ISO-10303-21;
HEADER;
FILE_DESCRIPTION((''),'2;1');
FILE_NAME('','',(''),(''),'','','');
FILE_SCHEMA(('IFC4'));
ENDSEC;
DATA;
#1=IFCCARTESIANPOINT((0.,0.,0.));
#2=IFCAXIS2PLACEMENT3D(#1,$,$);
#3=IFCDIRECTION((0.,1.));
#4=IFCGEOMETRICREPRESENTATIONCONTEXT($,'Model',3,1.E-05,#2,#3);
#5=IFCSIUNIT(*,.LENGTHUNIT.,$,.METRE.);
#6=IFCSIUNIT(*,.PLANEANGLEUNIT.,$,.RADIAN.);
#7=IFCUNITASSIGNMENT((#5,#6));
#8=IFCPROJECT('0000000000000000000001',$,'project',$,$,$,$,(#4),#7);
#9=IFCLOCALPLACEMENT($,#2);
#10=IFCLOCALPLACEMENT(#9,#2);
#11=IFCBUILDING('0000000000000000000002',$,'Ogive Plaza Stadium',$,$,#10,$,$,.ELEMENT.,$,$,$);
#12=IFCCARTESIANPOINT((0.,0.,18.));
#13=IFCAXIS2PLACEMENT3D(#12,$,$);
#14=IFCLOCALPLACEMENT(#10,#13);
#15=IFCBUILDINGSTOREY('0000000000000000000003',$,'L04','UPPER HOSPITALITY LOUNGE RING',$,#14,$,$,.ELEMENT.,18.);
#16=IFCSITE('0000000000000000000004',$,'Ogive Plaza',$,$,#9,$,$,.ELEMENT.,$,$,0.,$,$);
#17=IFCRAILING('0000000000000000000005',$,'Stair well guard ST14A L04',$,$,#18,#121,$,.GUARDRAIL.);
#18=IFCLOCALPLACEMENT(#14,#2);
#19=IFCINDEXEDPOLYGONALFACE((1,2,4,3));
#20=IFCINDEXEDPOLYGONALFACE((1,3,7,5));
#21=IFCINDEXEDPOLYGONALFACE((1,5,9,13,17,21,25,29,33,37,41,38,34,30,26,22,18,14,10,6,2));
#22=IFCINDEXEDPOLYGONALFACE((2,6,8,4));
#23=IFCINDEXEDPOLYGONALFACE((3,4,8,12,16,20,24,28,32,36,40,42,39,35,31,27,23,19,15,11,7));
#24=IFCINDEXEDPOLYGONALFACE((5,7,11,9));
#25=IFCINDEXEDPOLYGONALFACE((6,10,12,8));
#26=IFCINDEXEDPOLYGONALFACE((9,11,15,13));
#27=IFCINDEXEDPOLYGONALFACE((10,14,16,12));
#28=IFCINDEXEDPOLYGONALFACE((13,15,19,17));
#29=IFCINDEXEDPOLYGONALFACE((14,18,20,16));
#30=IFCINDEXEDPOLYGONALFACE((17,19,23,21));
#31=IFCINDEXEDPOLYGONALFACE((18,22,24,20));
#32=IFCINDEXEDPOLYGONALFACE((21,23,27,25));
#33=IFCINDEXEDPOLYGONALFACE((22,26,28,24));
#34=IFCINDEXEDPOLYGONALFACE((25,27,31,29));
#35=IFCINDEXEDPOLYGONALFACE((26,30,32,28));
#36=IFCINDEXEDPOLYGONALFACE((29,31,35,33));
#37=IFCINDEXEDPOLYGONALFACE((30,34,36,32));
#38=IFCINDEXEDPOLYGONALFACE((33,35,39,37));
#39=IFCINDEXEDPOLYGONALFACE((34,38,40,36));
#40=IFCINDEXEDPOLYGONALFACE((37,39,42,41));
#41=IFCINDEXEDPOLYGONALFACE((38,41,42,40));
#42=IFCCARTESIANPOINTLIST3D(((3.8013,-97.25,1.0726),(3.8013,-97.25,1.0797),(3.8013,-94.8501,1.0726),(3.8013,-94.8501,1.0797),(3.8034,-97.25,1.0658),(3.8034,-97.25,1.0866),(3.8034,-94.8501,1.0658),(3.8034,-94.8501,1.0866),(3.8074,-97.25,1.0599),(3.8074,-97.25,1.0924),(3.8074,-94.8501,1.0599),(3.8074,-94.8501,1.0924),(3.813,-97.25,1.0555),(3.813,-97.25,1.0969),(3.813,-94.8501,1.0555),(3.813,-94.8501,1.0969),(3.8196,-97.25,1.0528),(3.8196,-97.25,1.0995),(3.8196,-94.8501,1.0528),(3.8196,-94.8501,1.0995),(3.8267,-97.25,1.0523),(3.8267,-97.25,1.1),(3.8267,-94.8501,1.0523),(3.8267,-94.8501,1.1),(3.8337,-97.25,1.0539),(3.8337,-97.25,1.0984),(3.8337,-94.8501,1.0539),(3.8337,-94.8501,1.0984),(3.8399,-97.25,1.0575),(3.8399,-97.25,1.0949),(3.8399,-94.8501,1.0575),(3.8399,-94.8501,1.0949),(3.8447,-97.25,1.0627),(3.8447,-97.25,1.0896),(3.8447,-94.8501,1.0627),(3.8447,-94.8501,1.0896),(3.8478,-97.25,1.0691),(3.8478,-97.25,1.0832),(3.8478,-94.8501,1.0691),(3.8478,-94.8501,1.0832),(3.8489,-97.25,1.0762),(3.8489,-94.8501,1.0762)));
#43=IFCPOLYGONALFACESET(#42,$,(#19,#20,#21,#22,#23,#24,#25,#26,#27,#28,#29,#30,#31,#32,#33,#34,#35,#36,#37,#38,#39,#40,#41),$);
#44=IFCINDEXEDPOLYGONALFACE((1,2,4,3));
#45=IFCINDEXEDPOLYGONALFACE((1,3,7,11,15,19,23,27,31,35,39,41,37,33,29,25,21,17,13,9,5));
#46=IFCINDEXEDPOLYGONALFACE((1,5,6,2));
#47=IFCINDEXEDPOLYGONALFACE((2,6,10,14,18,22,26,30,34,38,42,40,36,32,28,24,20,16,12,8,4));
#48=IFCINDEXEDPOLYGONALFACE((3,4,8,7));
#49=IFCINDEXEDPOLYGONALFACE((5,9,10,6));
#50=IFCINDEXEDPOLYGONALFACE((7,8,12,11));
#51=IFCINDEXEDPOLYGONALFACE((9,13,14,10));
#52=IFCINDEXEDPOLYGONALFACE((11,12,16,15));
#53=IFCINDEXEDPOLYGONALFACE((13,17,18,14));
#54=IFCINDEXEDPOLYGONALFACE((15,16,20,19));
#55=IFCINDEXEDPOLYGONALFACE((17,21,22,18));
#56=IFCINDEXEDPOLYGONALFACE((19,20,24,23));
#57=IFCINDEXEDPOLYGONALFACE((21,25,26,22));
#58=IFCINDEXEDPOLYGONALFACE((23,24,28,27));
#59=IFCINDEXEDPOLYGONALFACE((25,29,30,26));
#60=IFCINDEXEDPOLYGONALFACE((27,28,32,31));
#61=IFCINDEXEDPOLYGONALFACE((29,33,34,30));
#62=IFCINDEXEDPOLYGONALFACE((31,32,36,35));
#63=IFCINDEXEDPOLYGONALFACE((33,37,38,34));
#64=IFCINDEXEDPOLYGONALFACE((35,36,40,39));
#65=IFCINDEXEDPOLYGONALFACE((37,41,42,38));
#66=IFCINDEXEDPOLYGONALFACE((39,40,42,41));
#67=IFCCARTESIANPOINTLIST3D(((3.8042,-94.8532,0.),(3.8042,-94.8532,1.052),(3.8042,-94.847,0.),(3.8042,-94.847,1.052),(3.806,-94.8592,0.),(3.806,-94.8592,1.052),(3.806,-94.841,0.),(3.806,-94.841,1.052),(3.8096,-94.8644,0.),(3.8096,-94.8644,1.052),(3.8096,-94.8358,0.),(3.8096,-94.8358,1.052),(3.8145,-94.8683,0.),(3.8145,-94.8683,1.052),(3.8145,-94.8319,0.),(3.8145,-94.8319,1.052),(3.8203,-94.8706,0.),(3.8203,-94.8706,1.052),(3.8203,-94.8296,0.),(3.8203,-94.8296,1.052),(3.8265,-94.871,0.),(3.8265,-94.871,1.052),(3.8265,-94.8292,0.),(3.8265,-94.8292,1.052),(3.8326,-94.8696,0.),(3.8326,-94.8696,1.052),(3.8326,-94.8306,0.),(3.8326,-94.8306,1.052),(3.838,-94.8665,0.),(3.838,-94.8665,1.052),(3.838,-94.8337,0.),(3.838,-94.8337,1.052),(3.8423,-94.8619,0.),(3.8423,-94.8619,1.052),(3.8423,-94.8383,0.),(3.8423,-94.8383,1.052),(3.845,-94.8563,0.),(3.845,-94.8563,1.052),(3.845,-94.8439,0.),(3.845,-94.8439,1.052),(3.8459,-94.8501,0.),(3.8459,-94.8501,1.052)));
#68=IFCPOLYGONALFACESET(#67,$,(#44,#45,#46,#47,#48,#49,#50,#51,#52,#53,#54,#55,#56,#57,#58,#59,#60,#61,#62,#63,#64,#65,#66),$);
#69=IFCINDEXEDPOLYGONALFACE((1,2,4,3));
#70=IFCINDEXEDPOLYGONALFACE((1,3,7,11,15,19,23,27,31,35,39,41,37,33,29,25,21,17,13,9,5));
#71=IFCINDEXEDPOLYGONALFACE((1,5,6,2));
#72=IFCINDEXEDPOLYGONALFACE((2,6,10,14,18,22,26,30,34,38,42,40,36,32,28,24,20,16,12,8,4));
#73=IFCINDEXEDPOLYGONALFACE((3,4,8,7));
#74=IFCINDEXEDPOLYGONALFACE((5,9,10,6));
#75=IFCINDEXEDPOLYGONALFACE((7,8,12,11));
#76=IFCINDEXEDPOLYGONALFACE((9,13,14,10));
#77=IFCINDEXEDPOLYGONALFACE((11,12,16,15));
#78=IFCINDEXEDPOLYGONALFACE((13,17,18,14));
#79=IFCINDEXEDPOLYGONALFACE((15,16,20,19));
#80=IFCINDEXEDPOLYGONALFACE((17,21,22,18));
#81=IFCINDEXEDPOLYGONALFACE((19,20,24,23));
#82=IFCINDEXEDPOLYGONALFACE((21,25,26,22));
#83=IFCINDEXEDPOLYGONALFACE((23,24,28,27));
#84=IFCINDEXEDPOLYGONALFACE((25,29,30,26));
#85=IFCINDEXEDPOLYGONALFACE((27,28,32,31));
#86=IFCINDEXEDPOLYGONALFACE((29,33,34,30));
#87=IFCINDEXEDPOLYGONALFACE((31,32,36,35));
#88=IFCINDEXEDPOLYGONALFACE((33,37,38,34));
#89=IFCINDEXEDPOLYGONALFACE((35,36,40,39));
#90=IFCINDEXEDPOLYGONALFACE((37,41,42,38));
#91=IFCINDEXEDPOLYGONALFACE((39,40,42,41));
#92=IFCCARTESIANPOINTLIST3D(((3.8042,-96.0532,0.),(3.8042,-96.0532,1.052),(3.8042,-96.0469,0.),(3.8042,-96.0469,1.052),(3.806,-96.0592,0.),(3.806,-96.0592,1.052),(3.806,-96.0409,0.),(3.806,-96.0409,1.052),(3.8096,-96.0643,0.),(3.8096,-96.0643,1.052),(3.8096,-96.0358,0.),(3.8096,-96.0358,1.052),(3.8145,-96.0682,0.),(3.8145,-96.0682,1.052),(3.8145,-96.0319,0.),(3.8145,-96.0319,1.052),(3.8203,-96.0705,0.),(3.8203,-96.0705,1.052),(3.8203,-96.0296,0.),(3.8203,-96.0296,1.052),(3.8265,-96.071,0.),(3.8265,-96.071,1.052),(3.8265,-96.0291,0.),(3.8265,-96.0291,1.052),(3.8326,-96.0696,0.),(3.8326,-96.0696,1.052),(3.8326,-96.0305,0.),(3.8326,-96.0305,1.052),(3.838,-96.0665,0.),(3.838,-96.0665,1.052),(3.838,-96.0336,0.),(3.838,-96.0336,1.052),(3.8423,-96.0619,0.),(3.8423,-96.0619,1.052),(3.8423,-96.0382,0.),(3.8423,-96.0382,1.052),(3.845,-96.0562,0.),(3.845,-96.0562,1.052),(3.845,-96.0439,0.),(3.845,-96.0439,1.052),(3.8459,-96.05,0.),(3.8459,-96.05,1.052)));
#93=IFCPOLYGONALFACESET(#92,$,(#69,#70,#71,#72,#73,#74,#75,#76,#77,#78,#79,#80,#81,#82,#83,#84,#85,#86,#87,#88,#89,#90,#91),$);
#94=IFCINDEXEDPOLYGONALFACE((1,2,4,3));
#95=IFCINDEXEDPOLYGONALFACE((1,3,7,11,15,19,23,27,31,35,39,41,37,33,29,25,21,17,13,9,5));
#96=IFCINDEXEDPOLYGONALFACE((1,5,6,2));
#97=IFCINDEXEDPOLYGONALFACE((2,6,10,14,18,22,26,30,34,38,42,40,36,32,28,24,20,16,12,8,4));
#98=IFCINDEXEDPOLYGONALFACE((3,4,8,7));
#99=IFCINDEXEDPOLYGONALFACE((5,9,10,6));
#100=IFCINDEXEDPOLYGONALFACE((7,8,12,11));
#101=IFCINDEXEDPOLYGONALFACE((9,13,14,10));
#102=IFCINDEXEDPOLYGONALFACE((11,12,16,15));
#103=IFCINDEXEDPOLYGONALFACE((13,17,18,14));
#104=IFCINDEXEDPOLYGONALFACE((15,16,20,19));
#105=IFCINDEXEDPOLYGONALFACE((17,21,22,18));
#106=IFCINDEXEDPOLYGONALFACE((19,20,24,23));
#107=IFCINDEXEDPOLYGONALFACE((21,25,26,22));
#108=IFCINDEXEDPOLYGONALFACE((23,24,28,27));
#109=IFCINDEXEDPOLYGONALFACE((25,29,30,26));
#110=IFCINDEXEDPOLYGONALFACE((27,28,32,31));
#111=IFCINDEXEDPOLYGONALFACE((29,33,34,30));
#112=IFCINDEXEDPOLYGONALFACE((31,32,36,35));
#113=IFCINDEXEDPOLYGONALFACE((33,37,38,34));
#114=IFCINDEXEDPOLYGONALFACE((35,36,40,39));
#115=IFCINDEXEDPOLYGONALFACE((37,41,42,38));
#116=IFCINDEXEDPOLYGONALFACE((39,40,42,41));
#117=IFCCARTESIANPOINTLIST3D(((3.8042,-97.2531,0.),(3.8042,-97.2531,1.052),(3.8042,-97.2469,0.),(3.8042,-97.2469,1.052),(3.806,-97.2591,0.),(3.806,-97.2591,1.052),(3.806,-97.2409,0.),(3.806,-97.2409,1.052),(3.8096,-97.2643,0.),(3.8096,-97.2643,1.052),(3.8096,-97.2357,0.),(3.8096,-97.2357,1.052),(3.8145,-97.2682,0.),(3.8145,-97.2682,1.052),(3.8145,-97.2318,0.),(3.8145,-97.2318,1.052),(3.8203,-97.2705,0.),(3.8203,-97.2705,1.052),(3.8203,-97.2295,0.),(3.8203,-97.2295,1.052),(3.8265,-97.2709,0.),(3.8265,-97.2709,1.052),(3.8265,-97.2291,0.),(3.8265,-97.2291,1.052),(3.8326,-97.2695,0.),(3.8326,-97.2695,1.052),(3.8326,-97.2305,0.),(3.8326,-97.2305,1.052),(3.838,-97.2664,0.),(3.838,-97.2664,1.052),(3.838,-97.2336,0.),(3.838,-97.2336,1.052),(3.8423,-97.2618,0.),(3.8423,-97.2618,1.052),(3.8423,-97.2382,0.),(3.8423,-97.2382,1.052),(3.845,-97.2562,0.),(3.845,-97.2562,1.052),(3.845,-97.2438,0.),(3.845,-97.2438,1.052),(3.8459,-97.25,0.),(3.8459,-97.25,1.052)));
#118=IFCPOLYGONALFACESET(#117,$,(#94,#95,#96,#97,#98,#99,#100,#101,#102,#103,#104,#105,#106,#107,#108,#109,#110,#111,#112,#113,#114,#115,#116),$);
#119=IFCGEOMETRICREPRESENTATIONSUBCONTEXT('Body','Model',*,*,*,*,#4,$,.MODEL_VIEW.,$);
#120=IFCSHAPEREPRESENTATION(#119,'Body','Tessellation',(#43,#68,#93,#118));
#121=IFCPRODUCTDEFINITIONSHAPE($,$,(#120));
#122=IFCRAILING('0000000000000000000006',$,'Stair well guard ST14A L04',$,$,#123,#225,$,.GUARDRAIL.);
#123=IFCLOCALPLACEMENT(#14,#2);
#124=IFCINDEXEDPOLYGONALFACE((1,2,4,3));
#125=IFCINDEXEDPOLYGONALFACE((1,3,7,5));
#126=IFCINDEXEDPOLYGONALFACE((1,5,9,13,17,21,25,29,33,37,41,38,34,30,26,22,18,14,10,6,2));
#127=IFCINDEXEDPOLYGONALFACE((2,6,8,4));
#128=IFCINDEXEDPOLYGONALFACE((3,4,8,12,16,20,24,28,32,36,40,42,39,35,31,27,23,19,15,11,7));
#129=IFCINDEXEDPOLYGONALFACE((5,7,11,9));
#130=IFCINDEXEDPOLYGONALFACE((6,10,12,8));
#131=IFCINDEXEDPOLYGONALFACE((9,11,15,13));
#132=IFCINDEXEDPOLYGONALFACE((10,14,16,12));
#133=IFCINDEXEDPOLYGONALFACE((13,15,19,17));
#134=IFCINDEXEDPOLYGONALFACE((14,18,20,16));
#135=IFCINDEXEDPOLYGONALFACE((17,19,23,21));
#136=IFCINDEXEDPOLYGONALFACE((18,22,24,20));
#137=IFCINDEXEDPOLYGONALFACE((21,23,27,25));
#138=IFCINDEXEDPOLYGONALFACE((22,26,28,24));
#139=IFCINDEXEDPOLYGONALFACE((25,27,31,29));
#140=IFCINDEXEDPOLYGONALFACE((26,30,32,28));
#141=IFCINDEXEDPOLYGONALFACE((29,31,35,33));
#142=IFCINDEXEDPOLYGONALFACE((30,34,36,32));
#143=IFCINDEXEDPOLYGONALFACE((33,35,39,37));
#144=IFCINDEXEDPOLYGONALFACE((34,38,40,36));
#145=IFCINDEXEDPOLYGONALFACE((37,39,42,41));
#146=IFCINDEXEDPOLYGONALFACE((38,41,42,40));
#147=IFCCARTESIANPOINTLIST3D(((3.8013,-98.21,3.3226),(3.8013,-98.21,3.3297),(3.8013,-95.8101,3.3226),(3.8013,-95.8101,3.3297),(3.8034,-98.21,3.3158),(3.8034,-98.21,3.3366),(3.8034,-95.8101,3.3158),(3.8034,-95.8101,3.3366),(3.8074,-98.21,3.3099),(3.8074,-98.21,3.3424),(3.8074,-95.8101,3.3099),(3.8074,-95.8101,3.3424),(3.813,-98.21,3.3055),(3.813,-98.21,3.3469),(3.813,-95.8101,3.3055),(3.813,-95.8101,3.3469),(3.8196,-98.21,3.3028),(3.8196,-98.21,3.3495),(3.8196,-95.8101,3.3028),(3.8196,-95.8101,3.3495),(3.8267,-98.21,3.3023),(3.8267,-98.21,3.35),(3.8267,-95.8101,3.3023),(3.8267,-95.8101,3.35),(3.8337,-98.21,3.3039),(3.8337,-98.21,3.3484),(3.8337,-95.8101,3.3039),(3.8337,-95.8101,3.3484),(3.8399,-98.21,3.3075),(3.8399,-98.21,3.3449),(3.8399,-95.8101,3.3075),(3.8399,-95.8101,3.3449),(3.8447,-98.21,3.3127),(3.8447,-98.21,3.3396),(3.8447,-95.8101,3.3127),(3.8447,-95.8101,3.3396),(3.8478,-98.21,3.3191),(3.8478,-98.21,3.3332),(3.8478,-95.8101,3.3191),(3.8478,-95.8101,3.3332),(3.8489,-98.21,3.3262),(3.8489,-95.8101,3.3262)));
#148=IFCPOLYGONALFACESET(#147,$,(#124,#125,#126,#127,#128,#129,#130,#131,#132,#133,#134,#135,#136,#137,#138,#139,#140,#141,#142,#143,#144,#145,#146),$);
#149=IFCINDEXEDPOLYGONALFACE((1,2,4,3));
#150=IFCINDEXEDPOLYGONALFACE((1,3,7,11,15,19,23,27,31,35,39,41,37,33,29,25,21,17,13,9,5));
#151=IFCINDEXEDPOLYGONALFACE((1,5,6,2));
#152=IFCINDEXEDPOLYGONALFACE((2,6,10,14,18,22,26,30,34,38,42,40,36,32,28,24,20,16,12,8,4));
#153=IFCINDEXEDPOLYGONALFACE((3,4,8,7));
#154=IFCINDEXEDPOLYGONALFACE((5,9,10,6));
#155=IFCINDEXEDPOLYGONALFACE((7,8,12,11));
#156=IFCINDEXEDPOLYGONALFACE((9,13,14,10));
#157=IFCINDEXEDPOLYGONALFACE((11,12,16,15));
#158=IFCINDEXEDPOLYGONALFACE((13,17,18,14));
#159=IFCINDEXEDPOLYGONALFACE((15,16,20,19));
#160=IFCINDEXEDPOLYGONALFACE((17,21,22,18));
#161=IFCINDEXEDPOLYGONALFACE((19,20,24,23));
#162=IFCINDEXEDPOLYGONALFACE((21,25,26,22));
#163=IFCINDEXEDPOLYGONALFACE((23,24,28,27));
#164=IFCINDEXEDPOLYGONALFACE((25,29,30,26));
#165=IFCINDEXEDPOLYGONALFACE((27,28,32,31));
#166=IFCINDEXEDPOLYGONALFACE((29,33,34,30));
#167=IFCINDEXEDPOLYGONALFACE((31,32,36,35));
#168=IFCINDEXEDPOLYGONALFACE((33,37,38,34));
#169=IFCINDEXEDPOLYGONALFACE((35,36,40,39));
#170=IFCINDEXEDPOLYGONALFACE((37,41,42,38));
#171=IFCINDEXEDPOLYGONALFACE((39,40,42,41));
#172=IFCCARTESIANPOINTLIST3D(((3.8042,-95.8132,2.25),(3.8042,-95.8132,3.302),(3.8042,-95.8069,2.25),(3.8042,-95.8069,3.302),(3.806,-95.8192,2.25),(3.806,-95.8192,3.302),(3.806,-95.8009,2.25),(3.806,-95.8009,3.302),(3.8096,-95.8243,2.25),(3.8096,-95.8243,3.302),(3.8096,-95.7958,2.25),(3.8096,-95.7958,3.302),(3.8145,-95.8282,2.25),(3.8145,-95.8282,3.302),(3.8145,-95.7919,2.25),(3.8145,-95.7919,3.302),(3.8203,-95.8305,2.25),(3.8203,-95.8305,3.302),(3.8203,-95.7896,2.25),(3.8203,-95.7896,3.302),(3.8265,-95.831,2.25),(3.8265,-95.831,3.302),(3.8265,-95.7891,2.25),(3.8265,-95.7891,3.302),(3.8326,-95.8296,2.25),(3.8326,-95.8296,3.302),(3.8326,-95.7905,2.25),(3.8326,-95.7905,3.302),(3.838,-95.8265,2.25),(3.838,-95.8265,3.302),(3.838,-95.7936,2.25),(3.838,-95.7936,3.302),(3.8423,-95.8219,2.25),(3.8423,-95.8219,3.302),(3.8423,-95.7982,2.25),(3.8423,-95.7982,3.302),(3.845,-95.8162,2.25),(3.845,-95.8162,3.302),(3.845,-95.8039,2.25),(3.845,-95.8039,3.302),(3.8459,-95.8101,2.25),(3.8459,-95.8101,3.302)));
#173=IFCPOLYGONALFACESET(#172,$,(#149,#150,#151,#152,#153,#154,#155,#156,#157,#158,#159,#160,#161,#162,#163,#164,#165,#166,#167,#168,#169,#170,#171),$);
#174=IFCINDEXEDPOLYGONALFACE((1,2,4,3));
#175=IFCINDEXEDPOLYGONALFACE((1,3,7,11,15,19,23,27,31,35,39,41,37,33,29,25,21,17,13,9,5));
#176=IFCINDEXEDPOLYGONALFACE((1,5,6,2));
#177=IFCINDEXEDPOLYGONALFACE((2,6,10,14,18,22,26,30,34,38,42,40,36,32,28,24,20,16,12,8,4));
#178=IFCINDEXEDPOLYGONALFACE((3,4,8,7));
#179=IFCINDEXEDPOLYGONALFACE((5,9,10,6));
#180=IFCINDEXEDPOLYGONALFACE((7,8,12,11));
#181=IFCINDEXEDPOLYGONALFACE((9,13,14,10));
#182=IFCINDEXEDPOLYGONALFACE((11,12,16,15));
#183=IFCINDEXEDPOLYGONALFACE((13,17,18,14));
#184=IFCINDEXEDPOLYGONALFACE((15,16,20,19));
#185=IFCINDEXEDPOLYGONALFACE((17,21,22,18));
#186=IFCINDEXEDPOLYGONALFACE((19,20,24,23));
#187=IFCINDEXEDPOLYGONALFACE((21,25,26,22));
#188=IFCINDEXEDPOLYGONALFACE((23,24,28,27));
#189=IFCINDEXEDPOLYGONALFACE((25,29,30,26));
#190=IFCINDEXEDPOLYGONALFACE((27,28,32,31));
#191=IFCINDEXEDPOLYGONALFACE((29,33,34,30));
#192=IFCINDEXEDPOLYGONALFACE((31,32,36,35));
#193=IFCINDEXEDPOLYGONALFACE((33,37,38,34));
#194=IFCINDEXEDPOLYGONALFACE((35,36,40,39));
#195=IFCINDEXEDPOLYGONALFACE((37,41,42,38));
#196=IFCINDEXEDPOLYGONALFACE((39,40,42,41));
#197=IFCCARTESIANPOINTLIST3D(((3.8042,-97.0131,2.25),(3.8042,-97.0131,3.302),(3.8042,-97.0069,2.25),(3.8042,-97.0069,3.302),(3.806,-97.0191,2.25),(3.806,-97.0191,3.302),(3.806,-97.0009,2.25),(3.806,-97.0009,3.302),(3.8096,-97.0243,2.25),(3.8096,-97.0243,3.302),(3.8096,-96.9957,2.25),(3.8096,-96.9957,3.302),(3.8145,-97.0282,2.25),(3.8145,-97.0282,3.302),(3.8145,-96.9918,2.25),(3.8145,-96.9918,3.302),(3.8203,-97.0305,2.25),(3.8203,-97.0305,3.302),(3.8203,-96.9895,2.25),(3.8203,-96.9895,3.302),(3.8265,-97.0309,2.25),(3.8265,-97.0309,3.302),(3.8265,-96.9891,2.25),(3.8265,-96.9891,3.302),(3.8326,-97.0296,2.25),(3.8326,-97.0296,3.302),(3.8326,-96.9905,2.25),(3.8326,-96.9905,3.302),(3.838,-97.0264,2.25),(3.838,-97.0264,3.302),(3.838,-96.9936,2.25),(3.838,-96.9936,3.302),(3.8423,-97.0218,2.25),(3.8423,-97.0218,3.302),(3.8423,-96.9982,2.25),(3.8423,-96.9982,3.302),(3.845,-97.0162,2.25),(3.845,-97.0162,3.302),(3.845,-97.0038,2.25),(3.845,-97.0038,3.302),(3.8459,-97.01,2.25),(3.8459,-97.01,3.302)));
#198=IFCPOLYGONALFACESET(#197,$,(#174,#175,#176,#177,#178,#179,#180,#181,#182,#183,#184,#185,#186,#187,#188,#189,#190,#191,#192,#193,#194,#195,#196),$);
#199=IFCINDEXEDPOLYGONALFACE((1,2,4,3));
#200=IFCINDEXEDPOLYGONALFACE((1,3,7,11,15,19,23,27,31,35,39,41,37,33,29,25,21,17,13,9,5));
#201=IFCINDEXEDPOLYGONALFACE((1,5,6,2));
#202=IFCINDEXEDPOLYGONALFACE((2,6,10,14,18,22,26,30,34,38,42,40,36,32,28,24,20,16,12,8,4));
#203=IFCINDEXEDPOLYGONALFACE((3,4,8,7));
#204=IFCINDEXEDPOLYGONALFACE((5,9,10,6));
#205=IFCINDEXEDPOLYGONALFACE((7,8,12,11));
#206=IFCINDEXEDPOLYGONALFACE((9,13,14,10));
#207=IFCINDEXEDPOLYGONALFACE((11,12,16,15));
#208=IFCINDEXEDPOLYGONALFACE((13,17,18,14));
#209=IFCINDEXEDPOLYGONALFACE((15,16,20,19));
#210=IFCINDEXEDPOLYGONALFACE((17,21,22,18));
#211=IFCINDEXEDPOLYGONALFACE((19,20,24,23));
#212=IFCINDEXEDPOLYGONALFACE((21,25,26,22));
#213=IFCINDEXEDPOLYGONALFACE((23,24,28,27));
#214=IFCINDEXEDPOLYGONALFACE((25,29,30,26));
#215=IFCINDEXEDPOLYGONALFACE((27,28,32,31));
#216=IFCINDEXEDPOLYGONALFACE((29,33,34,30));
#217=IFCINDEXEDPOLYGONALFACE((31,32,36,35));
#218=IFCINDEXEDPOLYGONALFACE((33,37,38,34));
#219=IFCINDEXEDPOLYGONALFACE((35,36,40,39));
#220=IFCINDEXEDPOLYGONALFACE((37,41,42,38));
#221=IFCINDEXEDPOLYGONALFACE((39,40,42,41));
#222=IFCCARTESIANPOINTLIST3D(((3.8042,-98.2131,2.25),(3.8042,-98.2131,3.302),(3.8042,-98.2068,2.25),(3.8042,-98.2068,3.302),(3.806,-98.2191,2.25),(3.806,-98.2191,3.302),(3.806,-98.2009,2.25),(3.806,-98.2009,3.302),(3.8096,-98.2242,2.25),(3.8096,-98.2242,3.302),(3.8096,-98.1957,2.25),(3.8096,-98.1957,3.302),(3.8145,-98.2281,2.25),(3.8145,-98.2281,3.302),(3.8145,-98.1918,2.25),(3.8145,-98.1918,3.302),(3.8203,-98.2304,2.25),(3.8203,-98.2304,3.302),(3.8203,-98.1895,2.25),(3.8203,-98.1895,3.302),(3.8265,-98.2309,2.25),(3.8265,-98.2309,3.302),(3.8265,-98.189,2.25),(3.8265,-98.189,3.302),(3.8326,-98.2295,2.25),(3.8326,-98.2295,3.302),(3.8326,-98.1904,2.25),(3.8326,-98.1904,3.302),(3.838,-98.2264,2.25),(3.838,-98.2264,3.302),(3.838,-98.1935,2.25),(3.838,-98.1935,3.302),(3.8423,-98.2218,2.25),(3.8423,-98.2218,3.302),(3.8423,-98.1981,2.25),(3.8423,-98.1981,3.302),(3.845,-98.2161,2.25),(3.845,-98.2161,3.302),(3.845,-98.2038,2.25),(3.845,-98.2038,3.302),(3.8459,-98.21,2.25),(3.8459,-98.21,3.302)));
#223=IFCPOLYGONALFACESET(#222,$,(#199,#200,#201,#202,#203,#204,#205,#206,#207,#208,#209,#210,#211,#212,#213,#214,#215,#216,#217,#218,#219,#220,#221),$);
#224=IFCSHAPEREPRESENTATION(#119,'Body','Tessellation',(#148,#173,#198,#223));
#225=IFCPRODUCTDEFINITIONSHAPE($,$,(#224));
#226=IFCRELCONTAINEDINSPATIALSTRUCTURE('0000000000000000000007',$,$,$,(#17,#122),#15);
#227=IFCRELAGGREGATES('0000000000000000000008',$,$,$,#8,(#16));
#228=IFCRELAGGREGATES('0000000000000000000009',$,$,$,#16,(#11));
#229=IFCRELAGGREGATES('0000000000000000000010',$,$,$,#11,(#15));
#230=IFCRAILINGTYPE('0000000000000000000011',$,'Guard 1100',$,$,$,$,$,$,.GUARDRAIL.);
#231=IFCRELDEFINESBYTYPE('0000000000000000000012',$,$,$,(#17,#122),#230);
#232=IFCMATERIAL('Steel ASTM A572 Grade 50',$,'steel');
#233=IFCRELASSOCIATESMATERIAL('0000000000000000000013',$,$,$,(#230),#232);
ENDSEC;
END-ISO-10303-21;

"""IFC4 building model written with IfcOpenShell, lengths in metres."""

from ifc_helpers import new_model, si_unit, direction, frame, origin, origin_2d, place, context, subcontext, project, spatial, circle, extrude, material, type_object, element, save


model = new_model("IFC4")

# Units and contexts
model_context = context("Model", 3, precision=1e-05, world=origin(), true_north=direction((0.0, 1.0)))
body_context = subcontext(model_context, "Body", "Model", "MODEL_VIEW")
ifc_project = project(units=[si_unit("LENGTHUNIT", "METRE"), si_unit("PLANEANGLEUNIT", "RADIAN")], contexts=[model_context])

# Site, building, storey
site_placement = place(None, origin())
site = spatial("IfcSite", under=ifc_project, at=site_placement, Name="Ogive Plaza", CompositionType="ELEMENT", RefElevation=0.0)
building_placement = place(site_placement, origin())
building = spatial("IfcBuilding", under=site, at=building_placement, Name="Ogive Plaza Stadium", CompositionType="ELEMENT")
storey_placement = place(building_placement, frame((0.0, 0.0, 18.0)))
storey = spatial("IfcBuildingStorey", under=building, at=storey_placement, Name="L04", Description="UPPER HOSPITALITY LOUNGE RING", CompositionType="ELEMENT", Elevation=18.0)

# Railings
ifc_material_1 = material(Name="Steel ASTM A572 Grade 50", Category="steel")
railing_type_1 = type_object("IfcRailingType", Name="Guard 1100", PredefinedType="GUARDRAIL", material=ifc_material_1)
for number, where, name in (
    (1, (3.825, -94.8501, 0.0), "Stair well guard ST14A L04"),
    (2, (3.825, -95.8101, 2.25), "Stair well guard ST14A L04"),
):
    element("IfcRailing", number, at=place(storey_placement, frame(where)), inside=storey, type_object=railing_type_1, Name=name, PredefinedType="GUARDRAIL", context=body_context, shape_type="SweptSolid", body=[
        extrude(circle(Radius=0.0239, at=origin_2d()), frame((0.0, 0.0, 1.0762), z_axis=(0.0, -1.0, 0.0), x_axis=(1.0, 0.0, 0.0)), (0.0, 0.0, 1.0), 2.3999),
        extrude(circle(Radius=0.021, at=origin_2d()), origin(), (0.0, 0.0, 1.0), 1.052),
        extrude(circle(Radius=0.021, at=origin_2d()), frame((0.0, -1.2, 0.0)), (0.0, 0.0, 1.0), 1.052),
        extrude(circle(Radius=0.021, at=origin_2d()), frame((0.0, -2.3999, 0.0)), (0.0, 0.0, 1.0), 1.052),
    ])

save(model, "model.ifc")
